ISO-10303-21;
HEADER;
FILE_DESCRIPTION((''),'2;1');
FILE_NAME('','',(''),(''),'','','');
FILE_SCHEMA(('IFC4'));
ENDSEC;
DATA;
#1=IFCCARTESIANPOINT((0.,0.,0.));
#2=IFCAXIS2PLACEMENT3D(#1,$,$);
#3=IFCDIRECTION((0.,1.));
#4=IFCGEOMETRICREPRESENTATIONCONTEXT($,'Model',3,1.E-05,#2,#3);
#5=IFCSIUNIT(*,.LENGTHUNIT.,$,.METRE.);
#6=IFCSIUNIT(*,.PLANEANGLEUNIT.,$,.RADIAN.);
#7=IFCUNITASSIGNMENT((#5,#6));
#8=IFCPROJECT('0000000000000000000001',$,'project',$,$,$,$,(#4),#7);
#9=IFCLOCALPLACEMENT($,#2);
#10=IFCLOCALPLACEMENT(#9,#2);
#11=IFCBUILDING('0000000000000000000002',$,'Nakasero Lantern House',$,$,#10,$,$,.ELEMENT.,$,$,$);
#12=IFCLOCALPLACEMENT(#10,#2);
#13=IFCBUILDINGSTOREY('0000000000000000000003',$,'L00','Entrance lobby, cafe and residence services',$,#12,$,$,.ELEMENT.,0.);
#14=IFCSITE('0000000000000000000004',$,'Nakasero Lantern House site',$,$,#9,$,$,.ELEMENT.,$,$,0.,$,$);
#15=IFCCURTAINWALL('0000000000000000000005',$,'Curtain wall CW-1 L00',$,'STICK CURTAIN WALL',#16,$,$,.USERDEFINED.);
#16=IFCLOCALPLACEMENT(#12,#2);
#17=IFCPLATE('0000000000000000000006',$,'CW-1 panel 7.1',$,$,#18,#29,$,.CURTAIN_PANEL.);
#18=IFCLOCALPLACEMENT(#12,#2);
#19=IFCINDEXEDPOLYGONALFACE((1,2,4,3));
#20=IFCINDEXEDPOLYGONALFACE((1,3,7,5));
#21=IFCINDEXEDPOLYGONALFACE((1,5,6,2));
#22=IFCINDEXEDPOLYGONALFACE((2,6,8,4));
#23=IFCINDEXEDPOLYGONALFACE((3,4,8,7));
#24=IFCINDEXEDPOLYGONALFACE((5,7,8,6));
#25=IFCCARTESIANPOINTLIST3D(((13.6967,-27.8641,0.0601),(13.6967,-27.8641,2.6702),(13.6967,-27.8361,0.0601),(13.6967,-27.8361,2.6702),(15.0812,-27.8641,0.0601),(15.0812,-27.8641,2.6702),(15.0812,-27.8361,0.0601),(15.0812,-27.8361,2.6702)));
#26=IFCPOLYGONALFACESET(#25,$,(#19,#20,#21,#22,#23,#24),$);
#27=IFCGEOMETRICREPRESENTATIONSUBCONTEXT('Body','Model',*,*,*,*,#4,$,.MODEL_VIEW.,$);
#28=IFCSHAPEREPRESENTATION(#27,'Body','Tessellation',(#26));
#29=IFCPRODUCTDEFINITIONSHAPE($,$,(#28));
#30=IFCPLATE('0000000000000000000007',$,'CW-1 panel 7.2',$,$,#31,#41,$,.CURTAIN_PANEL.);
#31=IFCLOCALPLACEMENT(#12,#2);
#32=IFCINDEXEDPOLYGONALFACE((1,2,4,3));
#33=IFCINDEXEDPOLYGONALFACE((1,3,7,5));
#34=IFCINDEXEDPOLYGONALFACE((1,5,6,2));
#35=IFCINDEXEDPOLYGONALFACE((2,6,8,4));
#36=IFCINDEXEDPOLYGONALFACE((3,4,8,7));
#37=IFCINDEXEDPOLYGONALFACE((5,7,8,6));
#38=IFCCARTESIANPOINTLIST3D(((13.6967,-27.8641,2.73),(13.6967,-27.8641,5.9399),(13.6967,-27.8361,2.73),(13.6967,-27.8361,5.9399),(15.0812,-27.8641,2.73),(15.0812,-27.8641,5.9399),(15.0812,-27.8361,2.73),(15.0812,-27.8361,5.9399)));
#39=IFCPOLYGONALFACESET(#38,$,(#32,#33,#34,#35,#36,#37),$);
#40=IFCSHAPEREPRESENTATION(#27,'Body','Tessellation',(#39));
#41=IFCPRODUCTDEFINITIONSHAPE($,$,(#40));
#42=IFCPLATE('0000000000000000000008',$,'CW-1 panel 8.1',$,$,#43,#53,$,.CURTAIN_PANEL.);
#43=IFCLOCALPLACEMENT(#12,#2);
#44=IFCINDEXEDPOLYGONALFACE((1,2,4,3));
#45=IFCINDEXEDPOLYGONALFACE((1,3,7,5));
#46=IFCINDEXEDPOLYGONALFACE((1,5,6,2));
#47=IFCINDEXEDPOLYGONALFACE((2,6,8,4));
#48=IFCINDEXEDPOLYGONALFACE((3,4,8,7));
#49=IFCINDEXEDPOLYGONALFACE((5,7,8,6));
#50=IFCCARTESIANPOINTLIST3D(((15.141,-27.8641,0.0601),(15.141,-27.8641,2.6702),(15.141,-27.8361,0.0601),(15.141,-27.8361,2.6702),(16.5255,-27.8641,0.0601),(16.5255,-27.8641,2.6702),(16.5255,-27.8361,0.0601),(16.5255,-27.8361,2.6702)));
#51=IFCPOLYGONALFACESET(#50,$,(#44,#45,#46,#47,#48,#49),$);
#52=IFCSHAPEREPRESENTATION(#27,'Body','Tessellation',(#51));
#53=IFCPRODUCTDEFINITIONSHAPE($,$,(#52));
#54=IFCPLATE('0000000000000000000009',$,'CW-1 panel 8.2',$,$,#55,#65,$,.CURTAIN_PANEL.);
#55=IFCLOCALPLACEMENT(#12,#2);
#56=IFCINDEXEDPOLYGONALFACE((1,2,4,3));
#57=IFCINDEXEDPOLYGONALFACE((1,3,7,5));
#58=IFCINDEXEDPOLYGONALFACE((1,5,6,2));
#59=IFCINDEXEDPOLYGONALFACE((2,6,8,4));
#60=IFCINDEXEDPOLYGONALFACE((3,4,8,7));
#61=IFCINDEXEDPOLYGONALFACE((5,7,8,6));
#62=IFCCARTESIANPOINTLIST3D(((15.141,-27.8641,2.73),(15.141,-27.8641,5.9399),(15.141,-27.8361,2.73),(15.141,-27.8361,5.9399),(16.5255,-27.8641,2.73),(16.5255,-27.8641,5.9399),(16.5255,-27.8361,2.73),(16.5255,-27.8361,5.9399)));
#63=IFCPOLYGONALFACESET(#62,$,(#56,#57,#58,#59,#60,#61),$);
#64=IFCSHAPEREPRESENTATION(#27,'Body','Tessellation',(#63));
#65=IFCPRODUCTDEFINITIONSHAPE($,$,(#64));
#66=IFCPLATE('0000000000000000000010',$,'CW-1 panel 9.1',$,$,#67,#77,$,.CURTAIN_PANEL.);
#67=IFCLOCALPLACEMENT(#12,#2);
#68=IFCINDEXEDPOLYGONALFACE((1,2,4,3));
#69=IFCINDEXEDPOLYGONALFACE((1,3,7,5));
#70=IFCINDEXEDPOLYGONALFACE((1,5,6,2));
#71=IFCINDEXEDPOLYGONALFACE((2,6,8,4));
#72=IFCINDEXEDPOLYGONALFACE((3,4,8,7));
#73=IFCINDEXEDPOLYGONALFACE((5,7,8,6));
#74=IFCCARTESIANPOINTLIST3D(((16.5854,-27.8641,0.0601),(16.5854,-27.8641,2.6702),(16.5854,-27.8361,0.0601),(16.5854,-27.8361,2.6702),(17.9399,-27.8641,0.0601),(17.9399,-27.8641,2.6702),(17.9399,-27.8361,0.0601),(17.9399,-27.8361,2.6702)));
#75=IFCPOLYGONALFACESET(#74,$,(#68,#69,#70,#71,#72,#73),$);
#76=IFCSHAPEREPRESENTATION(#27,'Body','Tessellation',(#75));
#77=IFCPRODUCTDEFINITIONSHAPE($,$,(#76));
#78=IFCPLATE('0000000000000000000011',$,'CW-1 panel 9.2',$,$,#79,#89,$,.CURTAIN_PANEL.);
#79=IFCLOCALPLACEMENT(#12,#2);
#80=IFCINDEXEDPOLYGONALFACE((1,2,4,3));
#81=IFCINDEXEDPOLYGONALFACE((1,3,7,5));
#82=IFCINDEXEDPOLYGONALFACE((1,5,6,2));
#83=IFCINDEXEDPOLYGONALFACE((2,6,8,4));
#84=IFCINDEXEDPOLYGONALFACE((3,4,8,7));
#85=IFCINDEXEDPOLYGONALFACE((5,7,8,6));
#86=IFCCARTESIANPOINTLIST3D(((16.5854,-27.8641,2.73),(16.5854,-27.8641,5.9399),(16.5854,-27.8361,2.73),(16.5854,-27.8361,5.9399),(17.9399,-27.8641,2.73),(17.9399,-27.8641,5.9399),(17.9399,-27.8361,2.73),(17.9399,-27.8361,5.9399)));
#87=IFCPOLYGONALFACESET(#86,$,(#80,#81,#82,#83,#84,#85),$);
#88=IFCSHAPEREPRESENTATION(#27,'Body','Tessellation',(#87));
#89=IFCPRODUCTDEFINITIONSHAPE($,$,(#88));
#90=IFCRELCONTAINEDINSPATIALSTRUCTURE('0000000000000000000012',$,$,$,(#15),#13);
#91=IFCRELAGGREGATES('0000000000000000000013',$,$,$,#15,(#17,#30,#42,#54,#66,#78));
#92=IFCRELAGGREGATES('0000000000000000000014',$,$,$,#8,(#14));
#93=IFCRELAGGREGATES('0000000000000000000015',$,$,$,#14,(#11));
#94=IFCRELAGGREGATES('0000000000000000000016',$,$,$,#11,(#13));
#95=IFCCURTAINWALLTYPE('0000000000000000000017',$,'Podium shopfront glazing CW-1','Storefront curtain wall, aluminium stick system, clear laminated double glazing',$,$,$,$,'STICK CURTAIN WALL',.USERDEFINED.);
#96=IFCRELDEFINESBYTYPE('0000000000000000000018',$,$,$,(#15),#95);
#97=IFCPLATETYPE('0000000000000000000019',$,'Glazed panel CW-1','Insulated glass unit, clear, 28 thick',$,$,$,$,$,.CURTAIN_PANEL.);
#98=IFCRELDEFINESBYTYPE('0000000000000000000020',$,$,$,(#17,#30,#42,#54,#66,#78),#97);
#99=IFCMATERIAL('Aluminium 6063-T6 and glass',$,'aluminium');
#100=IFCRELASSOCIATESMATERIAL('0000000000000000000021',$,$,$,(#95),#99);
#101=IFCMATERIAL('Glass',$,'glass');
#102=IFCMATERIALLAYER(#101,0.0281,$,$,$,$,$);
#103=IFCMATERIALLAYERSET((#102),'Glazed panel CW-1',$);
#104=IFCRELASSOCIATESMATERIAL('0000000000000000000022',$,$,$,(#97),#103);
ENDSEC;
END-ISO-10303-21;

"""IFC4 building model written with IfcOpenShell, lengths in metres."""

from ifc_helpers import new_model, si_unit, direction, frame, origin, origin_2d, place, context, subcontext, project, spatial, rectangle, extrude, material, layer, layer_set, type_object, element, aggregate, save


model = new_model("IFC4")

# Units and contexts
model_context = context("Model", 3, precision=1e-05, world=origin(), true_north=direction((0.0, 1.0)))
body_context = subcontext(model_context, "Body", "Model", "MODEL_VIEW")
ifc_project = project(units=[si_unit("LENGTHUNIT", "METRE"), si_unit("PLANEANGLEUNIT", "RADIAN")], contexts=[model_context])

# Site, building, storey
site_placement = place(None, origin())
site = spatial("IfcSite", under=ifc_project, at=site_placement, Name="Nakasero Lantern House site", CompositionType="ELEMENT", RefElevation=0.0)
building_placement = place(site_placement, origin())
building = spatial("IfcBuilding", under=site, at=building_placement, Name="Nakasero Lantern House", CompositionType="ELEMENT")
storey_placement = place(building_placement, origin())
storey = spatial("IfcBuildingStorey", under=building, at=storey_placement, Name="L00", Description="Entrance lobby, cafe and residence services", CompositionType="ELEMENT", Elevation=0.0)

# Curtain wall
ifc_material_1 = material(Name="Aluminium 6063-T6 and glass", Category="aluminium")
curtain_wall_type = type_object("IfcCurtainWallType", Name="Podium shopfront glazing CW-1", Description="Storefront curtain wall, aluminium stick system, clear laminated double glazing", ElementType="STICK CURTAIN WALL", PredefinedType="USERDEFINED", material=ifc_material_1)
curtain_wall_1_placement = place(storey_placement, origin())
curtain_wall_1 = element("IfcCurtainWall", 1, at=curtain_wall_1_placement, inside=storey, type_object=curtain_wall_type, Name="Curtain wall CW-1 L00", ObjectType="STICK CURTAIN WALL", PredefinedType="USERDEFINED")

# Plates
ifc_material_2 = material(Name="Glass", Category="glass")
ifc_layer = layer(ifc_material_2, 0.0281)
ifc_layer_set = layer_set([ifc_layer], Name="Glazed panel CW-1")
plate_type = type_object("IfcPlateType", Name="Glazed panel CW-1", Description="Insulated glass unit, clear, 28 thick", PredefinedType="CURTAIN_PANEL", material=ifc_layer_set)
plate_1_placement = place(storey_placement, frame((14.3889, -27.8501, 0.0601), z_axis=(0.0, 0.0, 1.0), x_axis=(1.0, 0.0, 0.0)))
plate_1 = element("IfcPlate", 2, at=plate_1_placement, type_object=plate_type, Name="CW-1 panel 7.1", PredefinedType="CURTAIN_PANEL", context=body_context, shape_type="SweptSolid", body=[
    extrude(rectangle(XDim=1.3845, YDim=0.0281, at=origin_2d()), origin(), (0.0, 0.0, 1.0), 2.6101),
])
plate_2_placement = place(storey_placement, frame((14.3889, -27.8501, 2.73), z_axis=(0.0, 0.0, 1.0), x_axis=(1.0, 0.0, 0.0)))
plate_2 = element("IfcPlate", 3, at=plate_2_placement, type_object=plate_type, Name="CW-1 panel 7.2", PredefinedType="CURTAIN_PANEL", context=body_context, shape_type="SweptSolid", body=[
    extrude(rectangle(XDim=1.3845, YDim=0.0281, at=origin_2d()), origin(), (0.0, 0.0, 1.0), 3.21),
])
plate_3_placement = place(storey_placement, frame((15.8333, -27.8501, 0.0601), z_axis=(0.0, 0.0, 1.0), x_axis=(1.0, 0.0, 0.0)))
plate_3 = element("IfcPlate", 4, at=plate_3_placement, type_object=plate_type, Name="CW-1 panel 8.1", PredefinedType="CURTAIN_PANEL", context=body_context, shape_type="SweptSolid", body=[
    extrude(rectangle(XDim=1.3845, YDim=0.0281, at=origin_2d()), origin(), (0.0, 0.0, 1.0), 2.6101),
])
plate_4_placement = place(storey_placement, frame((15.8333, -27.8501, 2.73), z_axis=(0.0, 0.0, 1.0), x_axis=(1.0, 0.0, 0.0)))
plate_4 = element("IfcPlate", 5, at=plate_4_placement, type_object=plate_type, Name="CW-1 panel 8.2", PredefinedType="CURTAIN_PANEL", context=body_context, shape_type="SweptSolid", body=[
    extrude(rectangle(XDim=1.3845, YDim=0.0281, at=origin_2d()), origin(), (0.0, 0.0, 1.0), 3.21),
])
plate_5_placement = place(storey_placement, frame((17.2627, -27.8501, 0.0601), z_axis=(0.0, 0.0, 1.0), x_axis=(1.0, 0.0, 0.0)))
plate_5 = element("IfcPlate", 6, at=plate_5_placement, type_object=plate_type, Name="CW-1 panel 9.1", PredefinedType="CURTAIN_PANEL", context=body_context, shape_type="SweptSolid", body=[
    extrude(rectangle(XDim=1.3545, YDim=0.0281, at=origin_2d()), origin(), (0.0, 0.0, 1.0), 2.6101),
])
plate_6_placement = place(storey_placement, frame((17.2627, -27.8501, 2.73), z_axis=(0.0, 0.0, 1.0), x_axis=(1.0, 0.0, 0.0)))
plate_6 = element("IfcPlate", 7, at=plate_6_placement, type_object=plate_type, Name="CW-1 panel 9.2", PredefinedType="CURTAIN_PANEL", context=body_context, shape_type="SweptSolid", body=[
    extrude(rectangle(XDim=1.3545, YDim=0.0281, at=origin_2d()), origin(), (0.0, 0.0, 1.0), 3.21),
])
aggregate(curtain_wall_1, [plate_1, plate_2, plate_3, plate_4, plate_5, plate_6])

save(model, "model.ifc")
